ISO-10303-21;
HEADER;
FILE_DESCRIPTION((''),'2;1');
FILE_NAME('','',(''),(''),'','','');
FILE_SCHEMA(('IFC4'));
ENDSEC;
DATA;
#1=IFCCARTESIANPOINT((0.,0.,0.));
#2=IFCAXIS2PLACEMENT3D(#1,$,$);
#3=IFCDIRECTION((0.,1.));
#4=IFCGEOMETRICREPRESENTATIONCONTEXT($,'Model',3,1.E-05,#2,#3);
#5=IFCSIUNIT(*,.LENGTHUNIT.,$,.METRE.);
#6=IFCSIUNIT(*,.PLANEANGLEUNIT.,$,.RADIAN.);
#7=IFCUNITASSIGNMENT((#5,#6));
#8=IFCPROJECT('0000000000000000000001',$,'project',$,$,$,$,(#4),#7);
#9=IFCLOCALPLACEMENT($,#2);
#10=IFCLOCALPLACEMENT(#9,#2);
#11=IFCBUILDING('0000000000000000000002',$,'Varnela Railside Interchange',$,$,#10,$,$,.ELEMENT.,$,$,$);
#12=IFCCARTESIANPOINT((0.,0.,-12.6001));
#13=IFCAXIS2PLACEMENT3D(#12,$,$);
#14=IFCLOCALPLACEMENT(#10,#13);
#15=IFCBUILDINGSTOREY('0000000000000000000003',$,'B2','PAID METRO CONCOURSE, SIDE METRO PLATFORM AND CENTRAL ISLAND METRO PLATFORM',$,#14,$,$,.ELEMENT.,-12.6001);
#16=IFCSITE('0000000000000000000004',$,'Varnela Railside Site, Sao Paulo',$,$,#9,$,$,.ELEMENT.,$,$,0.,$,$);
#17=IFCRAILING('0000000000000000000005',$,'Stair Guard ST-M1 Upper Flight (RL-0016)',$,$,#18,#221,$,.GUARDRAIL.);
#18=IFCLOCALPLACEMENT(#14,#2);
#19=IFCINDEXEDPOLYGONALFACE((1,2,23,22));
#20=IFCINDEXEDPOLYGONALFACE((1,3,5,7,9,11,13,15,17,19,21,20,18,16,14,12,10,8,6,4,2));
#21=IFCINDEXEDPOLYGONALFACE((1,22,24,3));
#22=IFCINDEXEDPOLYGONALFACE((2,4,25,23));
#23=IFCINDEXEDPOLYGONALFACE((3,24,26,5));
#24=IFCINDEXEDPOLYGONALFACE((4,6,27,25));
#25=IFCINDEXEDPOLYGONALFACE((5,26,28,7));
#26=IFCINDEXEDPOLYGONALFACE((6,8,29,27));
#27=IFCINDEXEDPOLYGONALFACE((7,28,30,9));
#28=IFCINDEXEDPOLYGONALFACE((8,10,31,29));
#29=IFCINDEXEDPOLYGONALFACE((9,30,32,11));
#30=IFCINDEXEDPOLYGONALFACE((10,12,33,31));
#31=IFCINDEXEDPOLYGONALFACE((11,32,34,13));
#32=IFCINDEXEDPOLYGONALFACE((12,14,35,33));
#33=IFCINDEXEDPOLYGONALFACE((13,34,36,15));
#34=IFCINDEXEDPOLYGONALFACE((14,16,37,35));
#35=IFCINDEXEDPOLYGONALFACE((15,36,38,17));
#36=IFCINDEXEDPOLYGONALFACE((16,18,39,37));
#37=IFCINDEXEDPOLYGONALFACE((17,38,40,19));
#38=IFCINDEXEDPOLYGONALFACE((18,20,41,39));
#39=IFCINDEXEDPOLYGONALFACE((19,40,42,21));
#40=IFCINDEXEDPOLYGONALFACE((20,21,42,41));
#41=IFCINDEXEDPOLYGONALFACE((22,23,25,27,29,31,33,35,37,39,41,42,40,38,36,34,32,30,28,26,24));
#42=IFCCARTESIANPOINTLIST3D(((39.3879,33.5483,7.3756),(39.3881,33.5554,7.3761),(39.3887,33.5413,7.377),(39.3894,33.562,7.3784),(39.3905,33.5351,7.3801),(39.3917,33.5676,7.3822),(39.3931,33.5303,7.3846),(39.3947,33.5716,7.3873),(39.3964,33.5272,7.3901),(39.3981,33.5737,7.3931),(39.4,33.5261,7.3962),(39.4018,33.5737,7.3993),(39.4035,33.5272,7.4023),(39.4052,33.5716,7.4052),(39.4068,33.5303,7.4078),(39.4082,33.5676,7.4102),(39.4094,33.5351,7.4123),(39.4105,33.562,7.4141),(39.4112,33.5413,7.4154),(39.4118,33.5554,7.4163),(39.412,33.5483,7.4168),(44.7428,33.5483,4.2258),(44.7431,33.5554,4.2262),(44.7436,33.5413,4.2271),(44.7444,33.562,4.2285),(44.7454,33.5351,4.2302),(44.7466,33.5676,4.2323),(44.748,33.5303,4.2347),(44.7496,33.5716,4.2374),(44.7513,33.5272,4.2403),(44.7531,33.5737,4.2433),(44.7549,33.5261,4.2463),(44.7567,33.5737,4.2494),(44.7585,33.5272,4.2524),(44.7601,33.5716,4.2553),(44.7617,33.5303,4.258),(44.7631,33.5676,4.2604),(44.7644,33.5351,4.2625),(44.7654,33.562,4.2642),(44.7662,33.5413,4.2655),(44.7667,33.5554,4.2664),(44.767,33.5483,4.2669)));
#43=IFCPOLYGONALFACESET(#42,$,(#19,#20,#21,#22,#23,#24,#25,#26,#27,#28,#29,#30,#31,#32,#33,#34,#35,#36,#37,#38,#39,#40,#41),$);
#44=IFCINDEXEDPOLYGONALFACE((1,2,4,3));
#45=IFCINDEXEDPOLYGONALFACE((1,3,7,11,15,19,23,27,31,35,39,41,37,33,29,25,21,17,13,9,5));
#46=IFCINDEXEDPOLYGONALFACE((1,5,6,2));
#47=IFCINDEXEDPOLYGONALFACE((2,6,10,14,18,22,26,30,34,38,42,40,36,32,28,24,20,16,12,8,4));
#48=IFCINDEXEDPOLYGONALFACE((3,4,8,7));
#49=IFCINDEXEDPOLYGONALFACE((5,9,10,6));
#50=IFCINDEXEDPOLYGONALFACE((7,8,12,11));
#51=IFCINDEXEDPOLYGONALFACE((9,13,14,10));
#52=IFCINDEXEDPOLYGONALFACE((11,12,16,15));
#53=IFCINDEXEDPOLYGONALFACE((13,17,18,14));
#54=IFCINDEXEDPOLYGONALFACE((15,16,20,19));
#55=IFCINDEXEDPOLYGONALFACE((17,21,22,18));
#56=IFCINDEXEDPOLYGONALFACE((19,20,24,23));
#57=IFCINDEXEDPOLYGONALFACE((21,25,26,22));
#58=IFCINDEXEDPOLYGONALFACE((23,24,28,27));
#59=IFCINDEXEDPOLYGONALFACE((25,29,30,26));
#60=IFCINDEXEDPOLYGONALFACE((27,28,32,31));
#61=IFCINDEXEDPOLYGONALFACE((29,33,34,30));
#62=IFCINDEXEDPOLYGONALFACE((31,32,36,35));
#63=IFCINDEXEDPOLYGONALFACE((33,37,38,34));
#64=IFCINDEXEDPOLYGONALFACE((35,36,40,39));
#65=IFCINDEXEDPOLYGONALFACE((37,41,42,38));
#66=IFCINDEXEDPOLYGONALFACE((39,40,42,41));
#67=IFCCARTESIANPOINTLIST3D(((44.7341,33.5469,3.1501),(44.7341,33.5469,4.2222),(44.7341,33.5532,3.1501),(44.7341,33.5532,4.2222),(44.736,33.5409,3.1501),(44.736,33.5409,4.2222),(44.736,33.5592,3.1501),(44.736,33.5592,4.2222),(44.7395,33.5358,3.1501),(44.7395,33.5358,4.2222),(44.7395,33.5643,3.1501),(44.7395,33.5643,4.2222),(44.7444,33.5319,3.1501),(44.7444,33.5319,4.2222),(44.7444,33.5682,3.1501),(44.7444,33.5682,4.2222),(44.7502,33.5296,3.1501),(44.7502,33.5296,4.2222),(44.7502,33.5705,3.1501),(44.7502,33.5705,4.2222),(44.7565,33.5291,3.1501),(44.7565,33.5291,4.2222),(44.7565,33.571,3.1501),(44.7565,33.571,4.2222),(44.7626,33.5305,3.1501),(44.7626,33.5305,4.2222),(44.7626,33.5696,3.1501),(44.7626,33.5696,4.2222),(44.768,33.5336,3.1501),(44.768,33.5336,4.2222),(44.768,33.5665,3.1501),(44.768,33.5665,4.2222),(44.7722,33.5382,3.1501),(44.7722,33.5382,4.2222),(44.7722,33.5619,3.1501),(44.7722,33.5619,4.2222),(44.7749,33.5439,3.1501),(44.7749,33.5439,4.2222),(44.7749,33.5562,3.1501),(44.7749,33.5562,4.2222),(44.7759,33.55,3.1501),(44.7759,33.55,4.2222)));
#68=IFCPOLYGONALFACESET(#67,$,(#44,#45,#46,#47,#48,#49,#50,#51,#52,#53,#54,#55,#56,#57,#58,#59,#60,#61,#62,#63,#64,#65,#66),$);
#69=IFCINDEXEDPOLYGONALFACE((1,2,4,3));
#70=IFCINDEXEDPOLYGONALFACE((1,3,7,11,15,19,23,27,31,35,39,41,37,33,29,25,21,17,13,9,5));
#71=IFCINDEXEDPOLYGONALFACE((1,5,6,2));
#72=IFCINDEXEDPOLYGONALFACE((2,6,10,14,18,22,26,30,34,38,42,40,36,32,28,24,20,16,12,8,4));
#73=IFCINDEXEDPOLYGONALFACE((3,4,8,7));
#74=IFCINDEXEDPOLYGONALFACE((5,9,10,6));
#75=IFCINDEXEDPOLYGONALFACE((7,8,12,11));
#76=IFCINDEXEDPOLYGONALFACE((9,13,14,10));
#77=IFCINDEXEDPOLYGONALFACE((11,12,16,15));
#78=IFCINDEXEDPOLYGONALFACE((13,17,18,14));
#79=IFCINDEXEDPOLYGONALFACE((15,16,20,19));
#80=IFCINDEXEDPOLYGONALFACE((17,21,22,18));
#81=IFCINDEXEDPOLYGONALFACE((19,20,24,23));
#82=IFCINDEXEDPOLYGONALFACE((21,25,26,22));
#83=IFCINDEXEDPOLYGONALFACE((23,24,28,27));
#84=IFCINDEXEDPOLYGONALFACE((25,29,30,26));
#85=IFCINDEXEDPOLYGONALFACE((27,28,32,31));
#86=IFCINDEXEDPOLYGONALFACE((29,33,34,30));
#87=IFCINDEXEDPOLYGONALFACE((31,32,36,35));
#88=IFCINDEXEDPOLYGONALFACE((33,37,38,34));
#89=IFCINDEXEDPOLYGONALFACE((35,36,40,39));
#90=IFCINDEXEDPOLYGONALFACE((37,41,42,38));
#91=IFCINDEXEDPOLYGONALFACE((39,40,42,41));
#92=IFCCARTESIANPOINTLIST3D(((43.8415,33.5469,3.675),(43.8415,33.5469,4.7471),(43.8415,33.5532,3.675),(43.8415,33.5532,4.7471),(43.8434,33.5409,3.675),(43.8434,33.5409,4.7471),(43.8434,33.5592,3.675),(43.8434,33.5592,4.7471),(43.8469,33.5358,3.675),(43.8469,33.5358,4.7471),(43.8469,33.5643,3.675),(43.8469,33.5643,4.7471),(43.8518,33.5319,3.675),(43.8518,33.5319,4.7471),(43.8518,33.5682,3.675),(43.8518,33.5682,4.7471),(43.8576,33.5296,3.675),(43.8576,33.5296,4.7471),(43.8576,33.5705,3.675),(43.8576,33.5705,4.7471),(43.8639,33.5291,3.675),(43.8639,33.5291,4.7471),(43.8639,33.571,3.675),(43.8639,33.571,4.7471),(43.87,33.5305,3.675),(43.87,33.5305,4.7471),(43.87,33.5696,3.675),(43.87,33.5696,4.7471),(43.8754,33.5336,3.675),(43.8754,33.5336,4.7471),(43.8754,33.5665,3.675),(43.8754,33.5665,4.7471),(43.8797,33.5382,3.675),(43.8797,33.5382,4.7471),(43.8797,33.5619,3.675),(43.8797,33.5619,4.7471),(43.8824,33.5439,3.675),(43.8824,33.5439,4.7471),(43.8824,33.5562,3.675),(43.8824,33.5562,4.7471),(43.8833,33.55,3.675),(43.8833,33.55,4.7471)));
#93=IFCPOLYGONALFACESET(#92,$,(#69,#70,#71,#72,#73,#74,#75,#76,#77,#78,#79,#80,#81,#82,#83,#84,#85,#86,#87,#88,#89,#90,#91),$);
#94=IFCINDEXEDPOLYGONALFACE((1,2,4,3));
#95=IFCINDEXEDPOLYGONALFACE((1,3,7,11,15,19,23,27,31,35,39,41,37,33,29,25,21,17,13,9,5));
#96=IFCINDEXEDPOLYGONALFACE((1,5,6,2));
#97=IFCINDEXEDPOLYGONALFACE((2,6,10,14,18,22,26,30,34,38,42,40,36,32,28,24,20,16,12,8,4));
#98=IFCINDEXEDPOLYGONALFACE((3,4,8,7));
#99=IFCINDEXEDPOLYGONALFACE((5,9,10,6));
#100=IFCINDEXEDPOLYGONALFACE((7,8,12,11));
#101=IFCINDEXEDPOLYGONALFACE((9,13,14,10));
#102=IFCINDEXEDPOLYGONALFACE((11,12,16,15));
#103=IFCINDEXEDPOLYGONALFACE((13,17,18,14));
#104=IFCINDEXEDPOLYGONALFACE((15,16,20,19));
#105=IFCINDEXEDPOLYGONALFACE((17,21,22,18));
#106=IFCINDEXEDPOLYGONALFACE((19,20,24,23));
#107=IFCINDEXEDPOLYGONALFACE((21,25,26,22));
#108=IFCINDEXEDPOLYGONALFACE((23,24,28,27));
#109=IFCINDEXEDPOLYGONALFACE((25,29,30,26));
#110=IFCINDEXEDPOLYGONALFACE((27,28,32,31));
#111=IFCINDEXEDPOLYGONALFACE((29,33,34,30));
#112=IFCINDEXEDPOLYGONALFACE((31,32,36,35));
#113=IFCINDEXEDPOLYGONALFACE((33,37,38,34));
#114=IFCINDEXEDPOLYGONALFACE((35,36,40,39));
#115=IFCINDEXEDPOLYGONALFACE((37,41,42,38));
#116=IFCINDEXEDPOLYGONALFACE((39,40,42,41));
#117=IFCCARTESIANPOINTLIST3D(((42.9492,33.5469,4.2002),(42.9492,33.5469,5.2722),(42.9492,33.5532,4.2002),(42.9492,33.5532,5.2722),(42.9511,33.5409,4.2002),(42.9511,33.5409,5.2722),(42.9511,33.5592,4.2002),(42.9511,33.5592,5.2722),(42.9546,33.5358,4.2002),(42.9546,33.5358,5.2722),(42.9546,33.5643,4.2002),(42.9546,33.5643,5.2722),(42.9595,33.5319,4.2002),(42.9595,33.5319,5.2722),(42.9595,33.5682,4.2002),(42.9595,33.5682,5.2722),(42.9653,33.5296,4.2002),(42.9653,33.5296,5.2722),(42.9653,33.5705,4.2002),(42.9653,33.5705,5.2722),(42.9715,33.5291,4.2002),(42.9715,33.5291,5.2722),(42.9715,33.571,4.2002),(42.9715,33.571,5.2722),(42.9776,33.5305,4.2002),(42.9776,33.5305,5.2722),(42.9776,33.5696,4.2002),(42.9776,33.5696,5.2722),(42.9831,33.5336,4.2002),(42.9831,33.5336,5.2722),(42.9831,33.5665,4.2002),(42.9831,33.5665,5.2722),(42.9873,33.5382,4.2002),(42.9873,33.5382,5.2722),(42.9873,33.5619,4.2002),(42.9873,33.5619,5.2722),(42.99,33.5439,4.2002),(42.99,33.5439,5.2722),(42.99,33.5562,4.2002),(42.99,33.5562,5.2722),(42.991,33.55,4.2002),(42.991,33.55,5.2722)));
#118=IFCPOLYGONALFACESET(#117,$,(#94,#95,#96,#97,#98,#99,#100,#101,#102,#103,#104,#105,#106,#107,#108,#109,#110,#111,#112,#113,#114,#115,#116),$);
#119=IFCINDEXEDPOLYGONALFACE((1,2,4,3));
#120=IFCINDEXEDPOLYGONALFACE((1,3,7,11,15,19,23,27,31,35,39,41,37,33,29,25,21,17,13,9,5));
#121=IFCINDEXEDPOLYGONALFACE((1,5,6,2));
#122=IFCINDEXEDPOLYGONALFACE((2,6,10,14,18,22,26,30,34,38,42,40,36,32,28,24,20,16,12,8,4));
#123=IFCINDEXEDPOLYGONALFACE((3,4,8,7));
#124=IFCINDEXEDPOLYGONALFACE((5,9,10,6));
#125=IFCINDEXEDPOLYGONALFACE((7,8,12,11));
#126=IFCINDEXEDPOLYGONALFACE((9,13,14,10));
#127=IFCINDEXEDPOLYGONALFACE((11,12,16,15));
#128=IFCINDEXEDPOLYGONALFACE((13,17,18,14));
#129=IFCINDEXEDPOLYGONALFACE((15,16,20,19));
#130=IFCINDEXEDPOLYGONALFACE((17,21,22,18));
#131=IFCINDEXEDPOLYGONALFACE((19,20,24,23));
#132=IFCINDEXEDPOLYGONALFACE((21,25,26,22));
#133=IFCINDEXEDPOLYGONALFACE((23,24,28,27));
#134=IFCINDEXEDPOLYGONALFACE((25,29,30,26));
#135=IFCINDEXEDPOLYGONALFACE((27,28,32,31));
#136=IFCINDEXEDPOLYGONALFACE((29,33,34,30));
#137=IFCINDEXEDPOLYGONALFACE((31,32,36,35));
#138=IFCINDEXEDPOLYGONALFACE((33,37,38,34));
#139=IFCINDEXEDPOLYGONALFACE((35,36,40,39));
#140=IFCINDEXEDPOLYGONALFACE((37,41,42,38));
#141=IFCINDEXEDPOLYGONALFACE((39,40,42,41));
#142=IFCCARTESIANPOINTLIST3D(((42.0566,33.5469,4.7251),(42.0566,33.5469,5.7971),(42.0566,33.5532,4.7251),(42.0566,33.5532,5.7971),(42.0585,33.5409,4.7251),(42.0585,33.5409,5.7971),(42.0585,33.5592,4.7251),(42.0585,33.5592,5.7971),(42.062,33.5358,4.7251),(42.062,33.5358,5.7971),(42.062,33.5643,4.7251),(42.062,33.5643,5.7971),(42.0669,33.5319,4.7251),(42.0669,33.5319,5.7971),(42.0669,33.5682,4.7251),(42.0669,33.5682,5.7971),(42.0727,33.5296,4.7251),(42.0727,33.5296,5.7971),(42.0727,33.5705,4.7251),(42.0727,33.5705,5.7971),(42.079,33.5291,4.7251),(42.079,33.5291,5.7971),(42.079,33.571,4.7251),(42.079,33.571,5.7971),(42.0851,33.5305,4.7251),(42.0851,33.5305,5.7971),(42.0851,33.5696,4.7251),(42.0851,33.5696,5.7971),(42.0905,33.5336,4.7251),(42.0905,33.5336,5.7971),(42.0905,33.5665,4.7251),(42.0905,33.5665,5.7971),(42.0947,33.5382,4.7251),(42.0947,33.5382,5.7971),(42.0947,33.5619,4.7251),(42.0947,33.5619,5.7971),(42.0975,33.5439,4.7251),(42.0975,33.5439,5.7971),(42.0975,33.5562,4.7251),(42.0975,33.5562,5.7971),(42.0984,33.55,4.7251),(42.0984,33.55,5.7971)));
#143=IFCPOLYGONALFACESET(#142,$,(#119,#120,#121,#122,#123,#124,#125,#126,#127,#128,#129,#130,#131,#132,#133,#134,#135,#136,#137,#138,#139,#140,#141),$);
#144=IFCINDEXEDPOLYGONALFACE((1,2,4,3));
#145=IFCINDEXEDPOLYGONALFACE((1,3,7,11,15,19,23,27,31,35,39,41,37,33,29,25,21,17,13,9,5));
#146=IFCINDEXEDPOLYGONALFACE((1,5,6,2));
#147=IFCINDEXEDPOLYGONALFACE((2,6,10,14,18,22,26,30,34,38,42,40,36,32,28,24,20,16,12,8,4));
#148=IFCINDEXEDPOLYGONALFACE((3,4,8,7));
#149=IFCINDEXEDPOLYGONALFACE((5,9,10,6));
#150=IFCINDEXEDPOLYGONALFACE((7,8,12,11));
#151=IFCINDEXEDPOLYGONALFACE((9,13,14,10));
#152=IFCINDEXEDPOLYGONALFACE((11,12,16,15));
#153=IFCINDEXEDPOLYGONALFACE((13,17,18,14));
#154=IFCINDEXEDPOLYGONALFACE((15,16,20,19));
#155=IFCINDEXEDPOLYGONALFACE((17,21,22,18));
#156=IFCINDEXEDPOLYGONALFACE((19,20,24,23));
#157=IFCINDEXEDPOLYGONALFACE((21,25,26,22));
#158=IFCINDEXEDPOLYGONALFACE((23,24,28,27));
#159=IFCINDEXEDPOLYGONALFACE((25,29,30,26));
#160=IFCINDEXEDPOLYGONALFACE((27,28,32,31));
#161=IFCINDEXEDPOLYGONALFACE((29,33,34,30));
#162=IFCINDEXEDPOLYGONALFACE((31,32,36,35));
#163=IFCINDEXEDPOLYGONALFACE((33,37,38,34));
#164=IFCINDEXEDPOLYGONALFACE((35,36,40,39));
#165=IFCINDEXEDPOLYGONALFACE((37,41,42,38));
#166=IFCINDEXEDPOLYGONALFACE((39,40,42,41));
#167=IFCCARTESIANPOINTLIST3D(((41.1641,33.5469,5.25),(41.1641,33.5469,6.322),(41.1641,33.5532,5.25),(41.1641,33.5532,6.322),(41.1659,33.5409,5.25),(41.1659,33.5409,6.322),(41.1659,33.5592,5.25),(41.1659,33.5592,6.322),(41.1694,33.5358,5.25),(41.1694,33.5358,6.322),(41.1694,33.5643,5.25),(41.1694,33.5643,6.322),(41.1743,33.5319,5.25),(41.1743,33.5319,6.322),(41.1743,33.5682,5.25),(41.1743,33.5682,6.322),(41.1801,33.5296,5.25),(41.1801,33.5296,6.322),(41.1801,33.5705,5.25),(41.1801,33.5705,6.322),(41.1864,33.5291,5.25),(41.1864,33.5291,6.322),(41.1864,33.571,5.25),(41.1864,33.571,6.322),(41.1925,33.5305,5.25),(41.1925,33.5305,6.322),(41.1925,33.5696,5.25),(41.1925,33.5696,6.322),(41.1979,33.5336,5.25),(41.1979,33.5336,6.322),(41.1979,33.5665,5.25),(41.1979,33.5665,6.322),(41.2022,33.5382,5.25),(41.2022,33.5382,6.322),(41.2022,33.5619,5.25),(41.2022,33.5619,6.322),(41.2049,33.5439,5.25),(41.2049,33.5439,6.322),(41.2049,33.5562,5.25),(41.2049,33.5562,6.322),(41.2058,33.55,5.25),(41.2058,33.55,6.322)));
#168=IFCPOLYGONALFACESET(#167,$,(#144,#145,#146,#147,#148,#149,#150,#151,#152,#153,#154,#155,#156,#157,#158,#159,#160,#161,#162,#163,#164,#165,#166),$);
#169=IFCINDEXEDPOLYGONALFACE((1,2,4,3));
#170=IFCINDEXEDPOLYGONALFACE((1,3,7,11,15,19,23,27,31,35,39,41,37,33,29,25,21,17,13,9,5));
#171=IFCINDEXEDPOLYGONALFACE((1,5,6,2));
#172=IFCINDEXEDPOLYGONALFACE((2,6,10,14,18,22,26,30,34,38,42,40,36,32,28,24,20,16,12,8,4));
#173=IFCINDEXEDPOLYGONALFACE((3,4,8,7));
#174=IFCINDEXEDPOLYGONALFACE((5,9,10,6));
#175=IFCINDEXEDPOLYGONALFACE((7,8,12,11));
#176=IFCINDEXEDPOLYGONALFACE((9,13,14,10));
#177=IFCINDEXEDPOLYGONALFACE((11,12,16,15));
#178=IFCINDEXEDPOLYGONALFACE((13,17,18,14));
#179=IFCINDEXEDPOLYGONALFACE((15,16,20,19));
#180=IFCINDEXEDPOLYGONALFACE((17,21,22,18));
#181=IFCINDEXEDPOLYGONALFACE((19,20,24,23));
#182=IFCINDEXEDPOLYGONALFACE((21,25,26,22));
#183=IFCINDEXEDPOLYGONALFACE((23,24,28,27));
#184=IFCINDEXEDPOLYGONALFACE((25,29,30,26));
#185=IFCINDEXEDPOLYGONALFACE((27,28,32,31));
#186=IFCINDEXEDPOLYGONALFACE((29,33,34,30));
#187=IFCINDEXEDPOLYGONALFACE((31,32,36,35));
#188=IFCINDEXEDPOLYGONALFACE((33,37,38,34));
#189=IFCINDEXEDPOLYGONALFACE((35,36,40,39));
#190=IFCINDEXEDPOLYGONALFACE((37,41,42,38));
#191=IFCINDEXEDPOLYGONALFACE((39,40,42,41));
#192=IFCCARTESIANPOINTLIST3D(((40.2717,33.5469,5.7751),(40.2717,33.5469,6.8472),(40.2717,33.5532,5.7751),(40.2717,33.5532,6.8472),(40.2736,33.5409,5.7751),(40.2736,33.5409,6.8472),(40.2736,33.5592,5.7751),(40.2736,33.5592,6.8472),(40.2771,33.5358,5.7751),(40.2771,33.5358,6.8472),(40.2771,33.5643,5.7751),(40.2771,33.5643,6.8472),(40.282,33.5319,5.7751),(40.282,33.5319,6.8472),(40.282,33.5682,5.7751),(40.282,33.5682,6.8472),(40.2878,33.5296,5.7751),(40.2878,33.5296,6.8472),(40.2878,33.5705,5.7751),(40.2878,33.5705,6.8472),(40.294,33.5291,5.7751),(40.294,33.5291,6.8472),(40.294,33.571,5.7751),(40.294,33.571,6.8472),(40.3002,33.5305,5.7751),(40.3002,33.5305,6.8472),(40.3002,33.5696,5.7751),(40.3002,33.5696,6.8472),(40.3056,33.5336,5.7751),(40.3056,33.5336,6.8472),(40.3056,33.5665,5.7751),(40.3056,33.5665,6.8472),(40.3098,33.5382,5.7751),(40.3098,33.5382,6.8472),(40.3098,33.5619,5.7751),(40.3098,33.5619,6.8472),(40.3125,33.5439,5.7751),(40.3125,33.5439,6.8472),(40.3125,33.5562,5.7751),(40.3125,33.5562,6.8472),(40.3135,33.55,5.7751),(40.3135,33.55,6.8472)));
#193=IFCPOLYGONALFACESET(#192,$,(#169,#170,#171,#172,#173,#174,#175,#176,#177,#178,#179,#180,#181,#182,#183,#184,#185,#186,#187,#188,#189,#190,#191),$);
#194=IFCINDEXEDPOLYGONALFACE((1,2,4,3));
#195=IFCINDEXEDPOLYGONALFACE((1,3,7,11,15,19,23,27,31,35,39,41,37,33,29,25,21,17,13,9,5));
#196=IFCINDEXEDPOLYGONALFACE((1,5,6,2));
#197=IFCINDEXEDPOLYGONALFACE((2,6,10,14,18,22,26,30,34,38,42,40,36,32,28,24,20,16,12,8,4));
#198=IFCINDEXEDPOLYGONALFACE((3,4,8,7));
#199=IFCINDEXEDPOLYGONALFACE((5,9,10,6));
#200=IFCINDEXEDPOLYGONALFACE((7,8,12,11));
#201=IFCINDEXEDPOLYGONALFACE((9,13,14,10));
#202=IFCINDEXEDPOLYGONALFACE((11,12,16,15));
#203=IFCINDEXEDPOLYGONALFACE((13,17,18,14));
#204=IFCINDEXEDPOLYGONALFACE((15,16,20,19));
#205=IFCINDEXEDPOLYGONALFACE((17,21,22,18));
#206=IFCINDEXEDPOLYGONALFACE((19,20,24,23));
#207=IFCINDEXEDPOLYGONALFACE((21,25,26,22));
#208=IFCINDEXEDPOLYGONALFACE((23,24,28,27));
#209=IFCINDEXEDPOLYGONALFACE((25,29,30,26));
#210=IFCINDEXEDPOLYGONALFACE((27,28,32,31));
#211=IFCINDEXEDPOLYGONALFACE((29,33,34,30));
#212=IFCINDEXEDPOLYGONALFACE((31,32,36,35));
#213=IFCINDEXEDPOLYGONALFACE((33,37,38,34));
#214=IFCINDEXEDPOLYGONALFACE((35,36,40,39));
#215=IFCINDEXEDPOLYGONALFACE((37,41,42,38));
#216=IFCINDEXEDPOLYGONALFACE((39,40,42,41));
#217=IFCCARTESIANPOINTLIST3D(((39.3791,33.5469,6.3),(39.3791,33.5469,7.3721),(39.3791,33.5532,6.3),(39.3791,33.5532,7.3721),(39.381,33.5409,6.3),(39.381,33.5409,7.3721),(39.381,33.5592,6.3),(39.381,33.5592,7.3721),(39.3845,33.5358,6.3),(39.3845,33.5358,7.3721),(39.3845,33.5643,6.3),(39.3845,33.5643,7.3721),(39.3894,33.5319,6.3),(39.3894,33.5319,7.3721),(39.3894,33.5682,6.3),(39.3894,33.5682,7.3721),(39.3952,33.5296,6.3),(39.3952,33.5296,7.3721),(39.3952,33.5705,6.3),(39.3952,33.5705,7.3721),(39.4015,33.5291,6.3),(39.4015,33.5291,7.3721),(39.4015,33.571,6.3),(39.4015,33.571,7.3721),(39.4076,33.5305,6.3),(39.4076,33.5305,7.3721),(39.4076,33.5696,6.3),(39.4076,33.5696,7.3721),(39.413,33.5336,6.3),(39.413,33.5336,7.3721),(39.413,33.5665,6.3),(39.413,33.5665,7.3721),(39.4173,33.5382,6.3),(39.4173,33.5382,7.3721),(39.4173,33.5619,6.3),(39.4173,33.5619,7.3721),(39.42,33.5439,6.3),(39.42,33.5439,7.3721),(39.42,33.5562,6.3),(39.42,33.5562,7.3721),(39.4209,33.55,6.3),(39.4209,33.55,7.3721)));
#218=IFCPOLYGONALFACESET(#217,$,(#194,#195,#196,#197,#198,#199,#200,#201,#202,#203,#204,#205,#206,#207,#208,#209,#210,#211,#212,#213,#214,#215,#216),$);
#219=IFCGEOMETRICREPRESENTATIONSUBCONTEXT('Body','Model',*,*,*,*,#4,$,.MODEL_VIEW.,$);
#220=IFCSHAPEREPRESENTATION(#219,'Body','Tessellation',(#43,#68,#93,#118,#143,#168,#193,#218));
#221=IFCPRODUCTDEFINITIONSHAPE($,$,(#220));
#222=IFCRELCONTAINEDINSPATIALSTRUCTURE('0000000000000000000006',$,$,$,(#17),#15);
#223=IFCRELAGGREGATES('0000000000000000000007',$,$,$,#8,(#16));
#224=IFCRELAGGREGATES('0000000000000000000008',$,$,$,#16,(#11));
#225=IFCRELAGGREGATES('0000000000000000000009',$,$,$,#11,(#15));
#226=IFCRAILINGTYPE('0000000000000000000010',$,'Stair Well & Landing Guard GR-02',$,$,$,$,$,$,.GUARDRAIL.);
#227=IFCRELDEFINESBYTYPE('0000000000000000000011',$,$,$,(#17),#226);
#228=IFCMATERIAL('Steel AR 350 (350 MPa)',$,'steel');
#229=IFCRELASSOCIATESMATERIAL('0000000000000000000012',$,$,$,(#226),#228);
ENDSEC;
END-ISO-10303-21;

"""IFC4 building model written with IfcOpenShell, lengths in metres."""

from ifc_helpers import new_model, si_unit, direction, frame, origin, origin_2d, place, context, subcontext, project, spatial, circle, extrude, material, type_object, element, save


model = new_model("IFC4")

# Units and contexts
model_context = context("Model", 3, precision=1e-05, world=origin(), true_north=direction((0.0, 1.0)))
body_context = subcontext(model_context, "Body", "Model", "MODEL_VIEW")
ifc_project = project(units=[si_unit("LENGTHUNIT", "METRE"), si_unit("PLANEANGLEUNIT", "RADIAN")], contexts=[model_context])

# Site, building, storey
site_placement = place(None, origin())
site = spatial("IfcSite", under=ifc_project, at=site_placement, Name="Varnela Railside Site, Sao Paulo", CompositionType="ELEMENT", RefElevation=0.0)
building_placement = place(site_placement, origin())
building = spatial("IfcBuilding", under=site, at=building_placement, Name="Varnela Railside Interchange", CompositionType="ELEMENT")
storey_placement = place(building_placement, frame((0.0, 0.0, -12.6001)))
storey = spatial("IfcBuildingStorey", under=building, at=storey_placement, Name="B2", Description="PAID METRO CONCOURSE, SIDE METRO PLATFORM AND CENTRAL ISLAND METRO PLATFORM", CompositionType="ELEMENT", Elevation=-12.6001)

# Railing
ifc_material_1 = material(Name="Steel AR 350 (350 MPa)", Category="steel")
railing_type_1 = type_object("IfcRailingType", Name="Stair Well & Landing Guard GR-02", PredefinedType="GUARDRAIL", material=ifc_material_1)
railing_1_placement = place(storey_placement, frame((44.7549, 33.55, 3.1501)))
element("IfcRailing", 1, at=railing_1_placement, inside=storey, type_object=railing_type_1, Name="Stair Guard ST-M1 Upper Flight (RL-0016)", PredefinedType="GUARDRAIL", context=body_context, shape_type="SweptSolid", body=[
    extrude(circle(Radius=0.0239, at=origin_2d()), frame((0.0, 0.0, 1.0962), z_axis=(-0.86194, 0.0, 0.50701), x_axis=(0.0, -1.0, 0.0)), (0.0, 0.0, 1.0), 6.2126),
    extrude(circle(Radius=0.021, at=origin_2d()), origin(), (0.0, 0.0, 1.0), 1.072),
    extrude(circle(Radius=0.021, at=origin_2d()), frame((-0.8926, 0.0, 0.5249)), (0.0, 0.0, 1.0), 1.072),
    extrude(circle(Radius=0.021, at=origin_2d()), frame((-1.7849, 0.0, 1.05)), (0.0, 0.0, 1.0), 1.072),
    extrude(circle(Radius=0.021, at=origin_2d()), frame((-2.6775, 0.0, 1.575)), (0.0, 0.0, 1.0), 1.072),
    extrude(circle(Radius=0.021, at=origin_2d()), frame((-3.5701, 0.0, 2.0999)), (0.0, 0.0, 1.0), 1.072),
    extrude(circle(Radius=0.021, at=origin_2d()), frame((-4.4624, 0.0, 2.625)), (0.0, 0.0, 1.0), 1.072),
    extrude(circle(Radius=0.021, at=origin_2d()), frame((-5.355, 0.0, 3.1499)), (0.0, 0.0, 1.0), 1.072),
])

save(model, "model.ifc")
